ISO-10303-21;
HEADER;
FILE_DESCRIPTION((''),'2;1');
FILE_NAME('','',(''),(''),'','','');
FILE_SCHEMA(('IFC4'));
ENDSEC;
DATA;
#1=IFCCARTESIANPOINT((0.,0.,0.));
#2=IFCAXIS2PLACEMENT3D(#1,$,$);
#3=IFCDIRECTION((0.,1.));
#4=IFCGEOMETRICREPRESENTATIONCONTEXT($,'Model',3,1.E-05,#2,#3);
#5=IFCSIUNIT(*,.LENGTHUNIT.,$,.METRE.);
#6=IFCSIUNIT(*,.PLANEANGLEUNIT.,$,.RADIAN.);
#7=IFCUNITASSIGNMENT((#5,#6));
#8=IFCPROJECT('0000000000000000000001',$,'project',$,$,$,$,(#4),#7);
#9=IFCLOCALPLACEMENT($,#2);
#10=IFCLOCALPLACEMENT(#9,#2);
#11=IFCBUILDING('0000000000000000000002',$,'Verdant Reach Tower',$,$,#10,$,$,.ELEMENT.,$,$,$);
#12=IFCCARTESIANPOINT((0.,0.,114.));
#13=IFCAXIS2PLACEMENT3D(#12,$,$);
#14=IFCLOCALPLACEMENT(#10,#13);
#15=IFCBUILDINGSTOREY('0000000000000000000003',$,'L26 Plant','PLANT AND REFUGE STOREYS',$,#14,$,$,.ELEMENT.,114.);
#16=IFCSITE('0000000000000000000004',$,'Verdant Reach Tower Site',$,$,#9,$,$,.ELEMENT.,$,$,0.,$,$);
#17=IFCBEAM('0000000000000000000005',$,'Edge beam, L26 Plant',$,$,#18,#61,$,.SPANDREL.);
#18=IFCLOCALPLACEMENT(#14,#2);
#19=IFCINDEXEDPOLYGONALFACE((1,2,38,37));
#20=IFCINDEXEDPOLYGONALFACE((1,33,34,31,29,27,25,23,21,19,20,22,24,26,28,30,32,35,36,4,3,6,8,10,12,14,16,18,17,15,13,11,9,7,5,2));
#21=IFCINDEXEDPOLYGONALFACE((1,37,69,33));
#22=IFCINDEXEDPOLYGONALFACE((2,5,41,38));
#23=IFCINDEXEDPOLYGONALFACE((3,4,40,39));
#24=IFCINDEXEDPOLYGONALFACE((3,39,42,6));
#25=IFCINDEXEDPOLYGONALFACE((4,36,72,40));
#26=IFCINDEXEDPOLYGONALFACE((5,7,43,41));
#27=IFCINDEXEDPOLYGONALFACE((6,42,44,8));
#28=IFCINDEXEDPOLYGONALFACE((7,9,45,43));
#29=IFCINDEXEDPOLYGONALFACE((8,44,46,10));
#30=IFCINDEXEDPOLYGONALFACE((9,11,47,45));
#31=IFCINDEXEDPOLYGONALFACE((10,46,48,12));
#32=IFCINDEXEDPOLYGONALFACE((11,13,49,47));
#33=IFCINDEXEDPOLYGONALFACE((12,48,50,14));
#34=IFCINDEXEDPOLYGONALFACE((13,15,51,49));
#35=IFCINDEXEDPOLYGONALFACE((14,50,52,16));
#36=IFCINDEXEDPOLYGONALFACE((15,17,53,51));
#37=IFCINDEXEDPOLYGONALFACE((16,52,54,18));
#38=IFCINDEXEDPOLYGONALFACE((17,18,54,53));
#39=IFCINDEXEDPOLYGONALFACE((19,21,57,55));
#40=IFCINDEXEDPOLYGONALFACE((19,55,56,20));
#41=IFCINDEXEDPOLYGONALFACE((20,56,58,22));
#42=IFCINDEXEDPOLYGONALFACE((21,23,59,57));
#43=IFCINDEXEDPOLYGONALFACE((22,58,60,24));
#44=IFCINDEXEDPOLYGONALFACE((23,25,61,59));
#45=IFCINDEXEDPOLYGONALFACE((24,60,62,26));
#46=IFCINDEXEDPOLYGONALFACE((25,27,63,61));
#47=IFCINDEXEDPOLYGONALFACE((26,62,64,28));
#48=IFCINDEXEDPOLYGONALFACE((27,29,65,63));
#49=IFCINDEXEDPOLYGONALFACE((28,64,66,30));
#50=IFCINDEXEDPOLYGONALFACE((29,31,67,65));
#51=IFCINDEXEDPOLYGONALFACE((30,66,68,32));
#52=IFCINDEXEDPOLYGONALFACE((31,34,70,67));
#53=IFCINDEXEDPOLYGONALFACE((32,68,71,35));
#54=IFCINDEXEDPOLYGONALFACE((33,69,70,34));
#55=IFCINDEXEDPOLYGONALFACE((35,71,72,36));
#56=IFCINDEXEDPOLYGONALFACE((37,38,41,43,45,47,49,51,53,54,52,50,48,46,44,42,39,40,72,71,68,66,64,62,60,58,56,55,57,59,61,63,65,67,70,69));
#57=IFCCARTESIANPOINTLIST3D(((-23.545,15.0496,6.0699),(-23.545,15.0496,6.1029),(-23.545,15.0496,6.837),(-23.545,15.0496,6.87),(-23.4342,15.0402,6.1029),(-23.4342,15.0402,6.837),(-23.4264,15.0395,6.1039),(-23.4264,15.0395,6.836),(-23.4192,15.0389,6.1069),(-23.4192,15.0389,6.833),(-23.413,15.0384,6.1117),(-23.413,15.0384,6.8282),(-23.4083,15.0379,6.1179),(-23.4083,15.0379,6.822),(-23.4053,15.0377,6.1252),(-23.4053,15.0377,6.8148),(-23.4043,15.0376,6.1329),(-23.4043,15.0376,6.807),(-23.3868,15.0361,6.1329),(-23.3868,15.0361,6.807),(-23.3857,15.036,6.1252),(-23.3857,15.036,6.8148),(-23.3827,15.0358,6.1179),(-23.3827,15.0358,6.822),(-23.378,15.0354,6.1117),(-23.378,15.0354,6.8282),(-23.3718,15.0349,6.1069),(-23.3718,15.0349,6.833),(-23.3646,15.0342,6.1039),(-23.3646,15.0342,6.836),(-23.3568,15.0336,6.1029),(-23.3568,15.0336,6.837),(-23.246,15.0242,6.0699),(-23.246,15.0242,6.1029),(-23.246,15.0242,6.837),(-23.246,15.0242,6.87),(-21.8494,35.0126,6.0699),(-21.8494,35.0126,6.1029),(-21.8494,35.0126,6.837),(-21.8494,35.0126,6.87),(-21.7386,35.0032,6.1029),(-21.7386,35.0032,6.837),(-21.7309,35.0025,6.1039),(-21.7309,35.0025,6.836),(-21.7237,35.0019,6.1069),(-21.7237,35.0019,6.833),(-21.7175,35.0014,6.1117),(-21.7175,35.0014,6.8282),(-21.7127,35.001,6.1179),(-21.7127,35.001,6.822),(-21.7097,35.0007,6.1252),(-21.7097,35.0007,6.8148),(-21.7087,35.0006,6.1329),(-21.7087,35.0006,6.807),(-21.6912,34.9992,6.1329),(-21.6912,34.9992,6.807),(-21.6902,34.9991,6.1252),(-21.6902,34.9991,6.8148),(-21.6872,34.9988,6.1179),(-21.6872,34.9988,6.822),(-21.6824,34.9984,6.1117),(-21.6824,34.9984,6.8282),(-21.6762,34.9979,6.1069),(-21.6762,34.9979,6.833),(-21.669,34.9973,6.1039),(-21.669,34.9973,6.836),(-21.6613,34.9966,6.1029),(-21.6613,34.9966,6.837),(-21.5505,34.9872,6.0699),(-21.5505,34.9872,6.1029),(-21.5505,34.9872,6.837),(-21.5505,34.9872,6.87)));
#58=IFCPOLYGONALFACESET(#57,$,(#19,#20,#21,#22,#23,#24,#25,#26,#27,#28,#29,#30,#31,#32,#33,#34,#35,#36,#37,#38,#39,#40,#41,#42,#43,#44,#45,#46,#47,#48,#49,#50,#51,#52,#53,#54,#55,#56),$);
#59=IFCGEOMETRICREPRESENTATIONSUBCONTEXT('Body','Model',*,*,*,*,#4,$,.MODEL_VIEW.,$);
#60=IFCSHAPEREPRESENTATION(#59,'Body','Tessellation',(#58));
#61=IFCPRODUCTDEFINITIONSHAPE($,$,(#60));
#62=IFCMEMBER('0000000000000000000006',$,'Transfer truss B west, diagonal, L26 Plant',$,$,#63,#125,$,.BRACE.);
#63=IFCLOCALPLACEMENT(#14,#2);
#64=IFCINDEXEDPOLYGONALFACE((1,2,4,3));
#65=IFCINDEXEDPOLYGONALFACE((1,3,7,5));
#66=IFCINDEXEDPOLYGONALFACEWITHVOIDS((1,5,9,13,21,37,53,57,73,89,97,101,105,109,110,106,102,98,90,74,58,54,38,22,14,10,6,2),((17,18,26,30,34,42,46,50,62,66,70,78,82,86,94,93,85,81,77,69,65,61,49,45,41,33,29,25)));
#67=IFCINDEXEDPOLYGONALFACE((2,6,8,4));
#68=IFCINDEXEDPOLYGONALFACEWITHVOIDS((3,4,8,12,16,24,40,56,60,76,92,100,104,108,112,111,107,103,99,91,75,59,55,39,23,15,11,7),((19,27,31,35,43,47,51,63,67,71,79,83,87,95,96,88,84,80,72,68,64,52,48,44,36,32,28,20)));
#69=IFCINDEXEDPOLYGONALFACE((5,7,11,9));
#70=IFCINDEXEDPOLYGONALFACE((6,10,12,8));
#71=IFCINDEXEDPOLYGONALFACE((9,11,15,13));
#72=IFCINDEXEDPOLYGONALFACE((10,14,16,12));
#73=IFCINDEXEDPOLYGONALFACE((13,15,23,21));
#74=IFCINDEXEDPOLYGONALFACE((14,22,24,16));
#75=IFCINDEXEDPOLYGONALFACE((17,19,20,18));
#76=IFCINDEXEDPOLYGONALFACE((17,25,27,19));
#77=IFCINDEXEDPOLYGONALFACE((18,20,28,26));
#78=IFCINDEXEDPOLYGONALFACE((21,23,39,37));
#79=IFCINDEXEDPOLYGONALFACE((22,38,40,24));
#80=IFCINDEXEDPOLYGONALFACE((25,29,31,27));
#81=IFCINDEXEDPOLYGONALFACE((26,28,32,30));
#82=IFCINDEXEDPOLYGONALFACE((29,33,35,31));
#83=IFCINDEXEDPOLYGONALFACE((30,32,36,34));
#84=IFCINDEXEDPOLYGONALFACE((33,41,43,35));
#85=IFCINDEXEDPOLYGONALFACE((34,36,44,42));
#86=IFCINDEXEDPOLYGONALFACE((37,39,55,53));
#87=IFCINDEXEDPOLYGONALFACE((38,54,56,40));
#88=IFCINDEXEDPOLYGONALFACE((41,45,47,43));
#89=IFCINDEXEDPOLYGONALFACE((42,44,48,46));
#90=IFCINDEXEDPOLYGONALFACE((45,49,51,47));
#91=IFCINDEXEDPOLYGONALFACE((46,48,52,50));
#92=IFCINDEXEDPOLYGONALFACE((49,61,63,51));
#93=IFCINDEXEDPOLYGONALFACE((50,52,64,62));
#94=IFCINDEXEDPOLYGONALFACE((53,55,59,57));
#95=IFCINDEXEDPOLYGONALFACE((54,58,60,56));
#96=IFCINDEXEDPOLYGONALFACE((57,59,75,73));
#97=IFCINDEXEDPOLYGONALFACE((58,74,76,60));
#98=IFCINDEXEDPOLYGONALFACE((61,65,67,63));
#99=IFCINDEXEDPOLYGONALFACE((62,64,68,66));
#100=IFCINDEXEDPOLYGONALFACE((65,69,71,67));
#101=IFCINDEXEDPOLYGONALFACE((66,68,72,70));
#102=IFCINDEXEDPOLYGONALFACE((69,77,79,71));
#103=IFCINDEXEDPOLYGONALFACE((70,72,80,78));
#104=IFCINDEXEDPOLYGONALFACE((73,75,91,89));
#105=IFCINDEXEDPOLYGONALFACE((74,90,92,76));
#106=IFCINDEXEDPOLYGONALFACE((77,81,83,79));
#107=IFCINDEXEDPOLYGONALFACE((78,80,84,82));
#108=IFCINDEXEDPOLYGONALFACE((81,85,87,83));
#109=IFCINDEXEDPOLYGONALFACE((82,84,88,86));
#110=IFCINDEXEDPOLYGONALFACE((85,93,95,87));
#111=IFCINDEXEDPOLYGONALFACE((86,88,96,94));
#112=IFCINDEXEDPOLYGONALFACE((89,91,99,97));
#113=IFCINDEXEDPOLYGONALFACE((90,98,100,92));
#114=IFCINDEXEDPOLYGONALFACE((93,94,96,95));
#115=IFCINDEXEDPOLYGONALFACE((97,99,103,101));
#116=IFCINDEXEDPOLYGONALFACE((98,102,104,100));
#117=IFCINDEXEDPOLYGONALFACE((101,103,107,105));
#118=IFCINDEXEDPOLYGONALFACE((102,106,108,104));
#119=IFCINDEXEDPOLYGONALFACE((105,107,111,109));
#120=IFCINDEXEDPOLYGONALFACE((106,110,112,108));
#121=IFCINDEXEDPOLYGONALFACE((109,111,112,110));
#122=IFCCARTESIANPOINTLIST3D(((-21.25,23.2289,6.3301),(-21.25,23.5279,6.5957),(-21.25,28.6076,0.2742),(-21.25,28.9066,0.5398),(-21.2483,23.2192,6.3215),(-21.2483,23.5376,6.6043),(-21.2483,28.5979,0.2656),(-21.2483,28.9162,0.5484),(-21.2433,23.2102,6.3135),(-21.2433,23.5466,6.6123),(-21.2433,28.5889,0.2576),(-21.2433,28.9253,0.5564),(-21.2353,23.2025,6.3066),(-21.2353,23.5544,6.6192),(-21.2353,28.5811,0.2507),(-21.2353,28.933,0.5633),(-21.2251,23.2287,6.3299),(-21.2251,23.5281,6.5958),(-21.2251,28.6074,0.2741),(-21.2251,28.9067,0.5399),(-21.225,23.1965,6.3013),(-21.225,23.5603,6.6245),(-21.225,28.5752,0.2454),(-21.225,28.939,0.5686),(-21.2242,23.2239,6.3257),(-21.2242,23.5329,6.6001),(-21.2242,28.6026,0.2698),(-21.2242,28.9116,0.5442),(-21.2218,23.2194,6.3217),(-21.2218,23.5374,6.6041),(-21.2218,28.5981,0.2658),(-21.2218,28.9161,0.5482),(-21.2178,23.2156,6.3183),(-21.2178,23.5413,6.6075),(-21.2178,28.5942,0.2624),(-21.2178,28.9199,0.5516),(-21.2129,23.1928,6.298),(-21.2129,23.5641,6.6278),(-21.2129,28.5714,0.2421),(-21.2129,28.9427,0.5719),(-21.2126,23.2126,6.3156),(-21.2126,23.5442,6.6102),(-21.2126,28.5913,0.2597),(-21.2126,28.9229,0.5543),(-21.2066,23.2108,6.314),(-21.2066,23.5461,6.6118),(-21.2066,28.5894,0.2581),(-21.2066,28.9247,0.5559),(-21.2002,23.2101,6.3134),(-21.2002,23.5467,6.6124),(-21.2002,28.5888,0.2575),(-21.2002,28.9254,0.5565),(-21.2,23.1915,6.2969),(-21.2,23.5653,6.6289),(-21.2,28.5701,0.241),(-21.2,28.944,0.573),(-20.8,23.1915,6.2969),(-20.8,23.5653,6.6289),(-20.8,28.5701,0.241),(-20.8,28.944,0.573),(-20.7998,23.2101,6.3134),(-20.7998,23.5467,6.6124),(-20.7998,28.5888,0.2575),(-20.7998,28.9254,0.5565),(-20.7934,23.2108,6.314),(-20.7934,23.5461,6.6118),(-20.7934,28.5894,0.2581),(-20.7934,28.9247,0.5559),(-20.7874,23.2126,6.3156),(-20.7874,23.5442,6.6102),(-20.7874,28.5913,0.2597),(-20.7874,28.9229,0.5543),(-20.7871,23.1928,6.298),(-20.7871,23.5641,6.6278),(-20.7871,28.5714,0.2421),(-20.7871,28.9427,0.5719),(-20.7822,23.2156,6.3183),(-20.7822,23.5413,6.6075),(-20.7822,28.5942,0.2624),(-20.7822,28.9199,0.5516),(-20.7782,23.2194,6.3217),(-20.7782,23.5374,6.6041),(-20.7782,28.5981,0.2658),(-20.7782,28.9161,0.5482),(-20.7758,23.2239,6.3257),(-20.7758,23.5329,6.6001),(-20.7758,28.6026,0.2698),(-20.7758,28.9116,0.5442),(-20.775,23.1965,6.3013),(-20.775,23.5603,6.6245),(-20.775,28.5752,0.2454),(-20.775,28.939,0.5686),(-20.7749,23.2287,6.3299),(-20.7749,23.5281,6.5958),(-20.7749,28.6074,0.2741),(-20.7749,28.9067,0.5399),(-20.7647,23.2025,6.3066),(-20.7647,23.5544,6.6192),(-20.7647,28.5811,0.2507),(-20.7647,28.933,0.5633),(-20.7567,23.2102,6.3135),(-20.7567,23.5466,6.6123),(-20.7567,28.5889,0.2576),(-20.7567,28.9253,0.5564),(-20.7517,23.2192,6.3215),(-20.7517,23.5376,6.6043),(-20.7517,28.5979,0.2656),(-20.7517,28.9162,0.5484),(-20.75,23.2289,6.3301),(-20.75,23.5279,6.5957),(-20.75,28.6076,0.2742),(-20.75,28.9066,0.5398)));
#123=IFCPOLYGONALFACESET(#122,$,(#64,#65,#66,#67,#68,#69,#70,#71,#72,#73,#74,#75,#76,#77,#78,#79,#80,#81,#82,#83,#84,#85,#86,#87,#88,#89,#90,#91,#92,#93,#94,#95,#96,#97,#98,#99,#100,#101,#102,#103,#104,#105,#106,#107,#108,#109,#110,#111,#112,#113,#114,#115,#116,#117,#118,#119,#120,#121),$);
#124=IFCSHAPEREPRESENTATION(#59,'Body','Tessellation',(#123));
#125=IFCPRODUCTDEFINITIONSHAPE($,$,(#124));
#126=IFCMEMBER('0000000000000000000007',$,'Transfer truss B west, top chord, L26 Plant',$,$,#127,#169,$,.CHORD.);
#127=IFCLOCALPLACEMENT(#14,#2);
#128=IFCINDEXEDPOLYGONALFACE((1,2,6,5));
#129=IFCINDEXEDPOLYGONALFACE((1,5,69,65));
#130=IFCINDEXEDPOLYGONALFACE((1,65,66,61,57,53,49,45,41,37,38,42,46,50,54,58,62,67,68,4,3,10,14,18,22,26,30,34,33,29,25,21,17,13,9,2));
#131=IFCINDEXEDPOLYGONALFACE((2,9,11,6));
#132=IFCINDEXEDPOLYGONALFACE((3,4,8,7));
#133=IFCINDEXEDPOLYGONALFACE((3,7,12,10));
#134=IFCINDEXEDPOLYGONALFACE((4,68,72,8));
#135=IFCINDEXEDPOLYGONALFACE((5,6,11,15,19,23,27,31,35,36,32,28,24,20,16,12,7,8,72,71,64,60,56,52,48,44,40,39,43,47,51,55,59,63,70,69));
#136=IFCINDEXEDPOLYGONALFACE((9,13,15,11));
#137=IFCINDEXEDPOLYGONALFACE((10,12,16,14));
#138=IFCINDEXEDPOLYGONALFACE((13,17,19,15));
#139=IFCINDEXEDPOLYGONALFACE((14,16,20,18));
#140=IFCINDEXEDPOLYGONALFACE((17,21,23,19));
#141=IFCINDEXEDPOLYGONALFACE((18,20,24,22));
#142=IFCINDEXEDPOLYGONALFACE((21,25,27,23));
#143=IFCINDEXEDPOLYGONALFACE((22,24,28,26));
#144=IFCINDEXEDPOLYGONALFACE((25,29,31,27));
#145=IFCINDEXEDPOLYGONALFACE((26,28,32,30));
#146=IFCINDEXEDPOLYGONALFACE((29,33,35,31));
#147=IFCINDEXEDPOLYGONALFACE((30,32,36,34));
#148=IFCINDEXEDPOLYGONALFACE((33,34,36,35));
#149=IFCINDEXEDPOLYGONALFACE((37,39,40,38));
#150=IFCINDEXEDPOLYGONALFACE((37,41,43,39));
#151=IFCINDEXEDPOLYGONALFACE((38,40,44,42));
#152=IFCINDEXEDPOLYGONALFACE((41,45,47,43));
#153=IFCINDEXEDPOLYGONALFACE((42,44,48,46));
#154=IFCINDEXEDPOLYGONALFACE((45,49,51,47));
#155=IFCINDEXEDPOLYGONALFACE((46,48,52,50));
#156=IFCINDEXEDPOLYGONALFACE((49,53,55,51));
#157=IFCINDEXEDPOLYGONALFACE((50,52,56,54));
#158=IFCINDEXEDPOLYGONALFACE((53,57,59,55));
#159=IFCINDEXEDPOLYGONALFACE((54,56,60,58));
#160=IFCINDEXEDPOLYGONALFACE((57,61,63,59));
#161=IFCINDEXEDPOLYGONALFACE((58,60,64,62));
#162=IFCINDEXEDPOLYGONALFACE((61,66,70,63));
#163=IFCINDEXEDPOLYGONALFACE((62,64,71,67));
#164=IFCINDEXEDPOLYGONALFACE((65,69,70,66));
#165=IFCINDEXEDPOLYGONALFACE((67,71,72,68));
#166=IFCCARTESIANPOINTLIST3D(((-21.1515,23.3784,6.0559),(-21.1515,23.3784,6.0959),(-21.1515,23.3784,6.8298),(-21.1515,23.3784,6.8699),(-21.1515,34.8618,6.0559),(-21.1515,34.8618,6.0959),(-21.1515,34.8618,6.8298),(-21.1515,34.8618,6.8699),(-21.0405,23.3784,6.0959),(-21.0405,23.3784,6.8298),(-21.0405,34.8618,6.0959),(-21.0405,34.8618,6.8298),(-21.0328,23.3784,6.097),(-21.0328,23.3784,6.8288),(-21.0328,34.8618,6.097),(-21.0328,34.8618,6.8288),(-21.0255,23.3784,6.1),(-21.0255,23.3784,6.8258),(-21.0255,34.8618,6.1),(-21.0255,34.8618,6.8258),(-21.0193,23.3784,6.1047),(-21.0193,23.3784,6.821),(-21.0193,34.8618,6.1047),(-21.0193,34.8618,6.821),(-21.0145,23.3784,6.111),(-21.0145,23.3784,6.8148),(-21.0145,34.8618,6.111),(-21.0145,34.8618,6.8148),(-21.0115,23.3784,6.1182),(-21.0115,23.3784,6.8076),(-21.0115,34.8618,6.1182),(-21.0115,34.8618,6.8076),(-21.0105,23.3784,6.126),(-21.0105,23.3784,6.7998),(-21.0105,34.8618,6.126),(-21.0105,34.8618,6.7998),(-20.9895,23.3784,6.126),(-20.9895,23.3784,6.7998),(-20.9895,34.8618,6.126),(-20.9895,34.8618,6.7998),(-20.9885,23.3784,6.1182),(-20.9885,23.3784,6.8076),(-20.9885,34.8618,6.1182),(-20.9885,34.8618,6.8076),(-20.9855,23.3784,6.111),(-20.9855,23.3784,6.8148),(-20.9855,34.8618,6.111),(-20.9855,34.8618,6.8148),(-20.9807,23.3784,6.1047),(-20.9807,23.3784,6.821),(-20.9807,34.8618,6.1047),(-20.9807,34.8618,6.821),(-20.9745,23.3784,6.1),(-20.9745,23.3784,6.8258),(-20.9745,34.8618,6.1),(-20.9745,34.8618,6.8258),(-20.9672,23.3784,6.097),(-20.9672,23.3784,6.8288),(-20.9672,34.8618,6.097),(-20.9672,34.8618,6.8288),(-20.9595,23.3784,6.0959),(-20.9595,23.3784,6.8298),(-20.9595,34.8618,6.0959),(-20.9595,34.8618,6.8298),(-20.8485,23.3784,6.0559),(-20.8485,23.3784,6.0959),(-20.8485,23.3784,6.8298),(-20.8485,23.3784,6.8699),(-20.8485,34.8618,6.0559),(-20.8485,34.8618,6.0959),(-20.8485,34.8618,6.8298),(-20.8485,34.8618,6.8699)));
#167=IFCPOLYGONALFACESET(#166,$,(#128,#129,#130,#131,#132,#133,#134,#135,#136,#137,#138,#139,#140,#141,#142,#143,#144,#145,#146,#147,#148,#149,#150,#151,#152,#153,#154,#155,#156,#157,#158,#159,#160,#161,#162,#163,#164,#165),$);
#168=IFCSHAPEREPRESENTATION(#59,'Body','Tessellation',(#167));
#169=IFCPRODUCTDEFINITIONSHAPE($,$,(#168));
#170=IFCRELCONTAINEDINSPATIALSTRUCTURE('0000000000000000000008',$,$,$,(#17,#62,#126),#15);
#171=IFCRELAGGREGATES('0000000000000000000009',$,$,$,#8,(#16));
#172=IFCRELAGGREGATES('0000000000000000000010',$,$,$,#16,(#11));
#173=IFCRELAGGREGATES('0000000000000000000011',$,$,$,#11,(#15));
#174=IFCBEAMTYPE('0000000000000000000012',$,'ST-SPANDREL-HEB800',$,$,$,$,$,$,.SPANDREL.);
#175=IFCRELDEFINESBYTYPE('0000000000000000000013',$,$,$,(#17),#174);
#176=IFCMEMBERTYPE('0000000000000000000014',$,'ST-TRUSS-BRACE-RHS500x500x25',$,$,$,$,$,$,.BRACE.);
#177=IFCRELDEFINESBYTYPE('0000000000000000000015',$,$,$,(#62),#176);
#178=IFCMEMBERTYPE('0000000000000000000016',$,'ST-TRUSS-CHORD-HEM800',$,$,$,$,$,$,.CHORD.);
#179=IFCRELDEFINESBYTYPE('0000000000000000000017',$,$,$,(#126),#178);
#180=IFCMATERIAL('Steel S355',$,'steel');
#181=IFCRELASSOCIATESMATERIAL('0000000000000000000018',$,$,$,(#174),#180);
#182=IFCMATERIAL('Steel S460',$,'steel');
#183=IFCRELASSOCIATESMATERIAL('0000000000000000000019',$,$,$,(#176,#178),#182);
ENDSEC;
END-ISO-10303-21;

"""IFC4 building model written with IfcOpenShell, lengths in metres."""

from ifc_helpers import new_model, si_unit, direction, frame, origin, origin_2d, place, context, subcontext, project, spatial, hollow_rectangle, i_section, extrude, material, material_profile, profile_set, type_object, element, save


model = new_model("IFC4")

# Units and contexts
model_context = context("Model", 3, precision=1e-05, world=origin(), true_north=direction((0.0, 1.0)))
body_context = subcontext(model_context, "Body", "Model", "MODEL_VIEW")
ifc_project = project(units=[si_unit("LENGTHUNIT", "METRE"), si_unit("PLANEANGLEUNIT", "RADIAN")], contexts=[model_context])

# Site, building, storey
site_placement = place(None, origin())
site = spatial("IfcSite", under=ifc_project, at=site_placement, Name="Verdant Reach Tower Site", CompositionType="ELEMENT", RefElevation=0.0)
building_placement = place(site_placement, origin())
building = spatial("IfcBuilding", under=site, at=building_placement, Name="Verdant Reach Tower", CompositionType="ELEMENT")
storey_placement = place(building_placement, frame((0.0, 0.0, 114.0)))
storey = spatial("IfcBuildingStorey", under=building, at=storey_placement, Name="L26 Plant", Description="PLANT AND REFUGE STOREYS", CompositionType="ELEMENT", Elevation=114.0)

# Shared definitions
ifc_material_1 = material(Name="Steel S460", Category="steel")

# Beam
ifc_material_2 = material(Name="Steel S355", Category="steel")
ifc_material_profile_1 = material_profile(ifc_material_2, i_section(OverallWidth=0.3, OverallDepth=0.8, WebThickness=0.0176, FlangeThickness=0.033, FilletRadius=0.03, at=origin_2d()), Name="HEB 800")
ifc_profile_set_1 = profile_set([ifc_material_profile_1], Name="Steel S355")
beam_type_1 = type_object("IfcBeamType", Name="ST-SPANDREL-HEB800", PredefinedType="SPANDREL", material=ifc_profile_set_1)
beam_1_placement = place(storey_placement, frame((-23.3955, 15.0369, 6.47), z_axis=(0.08463, 0.996412, 0.0), x_axis=(-0.996412, 0.08463, 0.0)))
element("IfcBeam", 1, at=beam_1_placement, inside=storey, type_object=beam_type_1, Name="Edge beam, L26 Plant", PredefinedType="SPANDREL", context=body_context, shape_type="SweptSolid", body=[
    extrude(i_section(OverallWidth=0.3, OverallDepth=0.8, WebThickness=0.0176, FlangeThickness=0.033, FilletRadius=0.03, at=origin_2d()), origin(), (0.0, 0.0, 1.0), 20.0349),
])

# Members
ifc_material_profile_2 = material_profile(ifc_material_1, hollow_rectangle(XDim=0.5, YDim=0.5, WallThickness=0.0249, InnerFilletRadius=0.0249, OuterFilletRadius=0.05, at=origin_2d()), Name="RHS 500x500x25")
ifc_profile_set_2 = profile_set([ifc_material_profile_2], Name="Steel S460")
member_type_1 = type_object("IfcMemberType", Name="ST-TRUSS-BRACE-RHS500x500x25", PredefinedType="BRACE", material=ifc_profile_set_2)
member_1_placement = place(storey_placement, frame((-21.0, 23.3784, 6.4629), z_axis=(0.0, 0.664063, -0.747677), x_axis=(-1.0, 0.0, 0.0)))
element("IfcMember", 2, at=member_1_placement, inside=storey, type_object=member_type_1, Name="Transfer truss B west, diagonal, L26 Plant", PredefinedType="BRACE", context=body_context, shape_type="SweptSolid", body=[
    extrude(hollow_rectangle(XDim=0.5, YDim=0.5, WallThickness=0.0249, InnerFilletRadius=0.0249, OuterFilletRadius=0.05, at=origin_2d()), origin(), (0.0, 0.0, 1.0), 8.0996),
])
ifc_material_profile_3 = material_profile(ifc_material_1, i_section(OverallWidth=0.303, OverallDepth=0.814, WebThickness=0.021, FlangeThickness=0.04, FilletRadius=0.03, at=origin_2d()), Name="HEM 800")
ifc_profile_set_3 = profile_set([ifc_material_profile_3], Name="Steel S460")
member_type_2 = type_object("IfcMemberType", Name="ST-TRUSS-CHORD-HEM800", PredefinedType="CHORD", material=ifc_profile_set_3)
member_2_placement = place(storey_placement, frame((-21.0, 23.3784, 6.4629), z_axis=(0.0, 1.0, 0.0), x_axis=(-1.0, 0.0, 0.0)))
element("IfcMember", 3, at=member_2_placement, inside=storey, type_object=member_type_2, Name="Transfer truss B west, top chord, L26 Plant", PredefinedType="CHORD", context=body_context, shape_type="SweptSolid", body=[
    extrude(i_section(OverallWidth=0.303, OverallDepth=0.814, WebThickness=0.021, FlangeThickness=0.04, FilletRadius=0.03, at=origin_2d()), origin(), (0.0, 0.0, 1.0), 11.4834),
])

save(model, "model.ifc")
